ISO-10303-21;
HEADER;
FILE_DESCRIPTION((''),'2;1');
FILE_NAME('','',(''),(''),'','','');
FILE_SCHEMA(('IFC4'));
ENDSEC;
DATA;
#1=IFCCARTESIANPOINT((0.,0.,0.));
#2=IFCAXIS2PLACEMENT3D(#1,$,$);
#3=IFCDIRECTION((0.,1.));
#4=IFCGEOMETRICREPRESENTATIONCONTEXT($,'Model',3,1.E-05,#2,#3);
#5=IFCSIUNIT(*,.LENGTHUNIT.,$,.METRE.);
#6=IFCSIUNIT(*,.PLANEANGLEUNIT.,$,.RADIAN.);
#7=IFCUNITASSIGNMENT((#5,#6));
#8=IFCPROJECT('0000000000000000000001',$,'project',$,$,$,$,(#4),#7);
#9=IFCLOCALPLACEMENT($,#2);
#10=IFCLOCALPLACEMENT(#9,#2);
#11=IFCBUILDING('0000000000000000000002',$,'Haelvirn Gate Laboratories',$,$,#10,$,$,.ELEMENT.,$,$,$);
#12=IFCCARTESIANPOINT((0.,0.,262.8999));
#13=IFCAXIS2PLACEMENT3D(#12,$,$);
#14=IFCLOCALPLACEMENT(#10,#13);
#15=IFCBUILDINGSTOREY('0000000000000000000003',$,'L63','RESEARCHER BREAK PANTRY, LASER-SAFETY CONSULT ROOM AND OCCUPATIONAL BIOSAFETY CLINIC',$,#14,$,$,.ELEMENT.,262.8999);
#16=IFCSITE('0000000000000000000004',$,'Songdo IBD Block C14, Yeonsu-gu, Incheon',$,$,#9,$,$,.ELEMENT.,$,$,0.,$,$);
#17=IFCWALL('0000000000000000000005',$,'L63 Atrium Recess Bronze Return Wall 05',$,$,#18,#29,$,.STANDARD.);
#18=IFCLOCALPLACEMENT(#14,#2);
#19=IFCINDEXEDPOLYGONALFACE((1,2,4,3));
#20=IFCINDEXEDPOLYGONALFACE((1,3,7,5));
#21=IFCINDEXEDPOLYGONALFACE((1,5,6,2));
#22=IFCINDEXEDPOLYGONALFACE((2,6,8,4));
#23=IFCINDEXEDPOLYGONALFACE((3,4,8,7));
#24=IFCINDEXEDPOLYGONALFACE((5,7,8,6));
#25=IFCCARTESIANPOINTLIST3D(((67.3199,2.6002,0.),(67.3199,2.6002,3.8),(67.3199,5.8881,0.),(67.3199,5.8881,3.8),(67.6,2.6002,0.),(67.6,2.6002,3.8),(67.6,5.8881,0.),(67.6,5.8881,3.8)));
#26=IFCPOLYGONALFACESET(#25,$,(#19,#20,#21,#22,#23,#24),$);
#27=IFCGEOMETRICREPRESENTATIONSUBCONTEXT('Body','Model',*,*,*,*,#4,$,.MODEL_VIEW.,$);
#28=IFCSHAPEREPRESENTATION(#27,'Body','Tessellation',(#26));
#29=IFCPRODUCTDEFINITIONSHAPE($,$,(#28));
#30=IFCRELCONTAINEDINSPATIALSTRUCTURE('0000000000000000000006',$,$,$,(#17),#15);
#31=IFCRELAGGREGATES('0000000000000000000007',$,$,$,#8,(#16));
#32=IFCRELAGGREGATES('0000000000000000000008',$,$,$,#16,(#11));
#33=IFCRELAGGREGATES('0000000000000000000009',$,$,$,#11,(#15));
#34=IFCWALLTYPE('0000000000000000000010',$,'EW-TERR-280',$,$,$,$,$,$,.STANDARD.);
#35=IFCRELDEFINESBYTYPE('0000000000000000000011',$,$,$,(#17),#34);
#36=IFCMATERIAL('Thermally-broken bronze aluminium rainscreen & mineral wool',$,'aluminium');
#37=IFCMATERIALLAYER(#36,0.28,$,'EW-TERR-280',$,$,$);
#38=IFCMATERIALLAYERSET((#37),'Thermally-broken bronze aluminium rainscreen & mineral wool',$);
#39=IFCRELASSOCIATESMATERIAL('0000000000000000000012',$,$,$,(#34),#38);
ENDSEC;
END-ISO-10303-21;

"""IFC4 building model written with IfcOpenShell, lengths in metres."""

from ifc_helpers import new_model, si_unit, direction, frame, frame_2d, origin, place, context, subcontext, project, spatial, rectangle, extrude, material, layer, layer_set, type_object, element, save


model = new_model("IFC4")

# Units and contexts
model_context = context("Model", 3, precision=1e-05, world=origin(), true_north=direction((0.0, 1.0)))
body_context = subcontext(model_context, "Body", "Model", "MODEL_VIEW")
ifc_project = project(units=[si_unit("LENGTHUNIT", "METRE"), si_unit("PLANEANGLEUNIT", "RADIAN")], contexts=[model_context])

# Site, building, storey
site_placement = place(None, origin())
site = spatial("IfcSite", under=ifc_project, at=site_placement, Name="Songdo IBD Block C14, Yeonsu-gu, Incheon", CompositionType="ELEMENT", RefElevation=0.0)
building_placement = place(site_placement, origin())
building = spatial("IfcBuilding", under=site, at=building_placement, Name="Haelvirn Gate Laboratories", CompositionType="ELEMENT")
storey_placement = place(building_placement, frame((0.0, 0.0, 262.8999)))
storey = spatial("IfcBuildingStorey", under=building, at=storey_placement, Name="L63", Description="RESEARCHER BREAK PANTRY, LASER-SAFETY CONSULT ROOM AND OCCUPATIONAL BIOSAFETY CLINIC", CompositionType="ELEMENT", Elevation=262.8999)

# Wall
ifc_material_1 = material(Name="Thermally-broken bronze aluminium rainscreen & mineral wool", Category="aluminium")
ifc_layer_1 = layer(ifc_material_1, 0.28, Name="EW-TERR-280")
ifc_layer_set_1 = layer_set([ifc_layer_1], Name="Thermally-broken bronze aluminium rainscreen & mineral wool")
wall_type = type_object("IfcWallType", Name="EW-TERR-280", PredefinedType="STANDARD", material=ifc_layer_set_1)
wall_placement = place(storey_placement, frame((67.46, 2.6001, 0.0), z_axis=(0.0, 0.0, 1.0), x_axis=(0.0, 1.0, 0.0)))
element("IfcWall", 1, at=wall_placement, inside=storey, type_object=wall_type, Name="L63 Atrium Recess Bronze Return Wall 05", PredefinedType="STANDARD", context=body_context, shape_type="SweptSolid", body=[
    extrude(rectangle(XDim=3.2878, YDim=0.28, at=frame_2d((1.644, 0.0))), origin(), (0.0, 0.0, 1.0), 3.8),
])

save(model, "model.ifc")
